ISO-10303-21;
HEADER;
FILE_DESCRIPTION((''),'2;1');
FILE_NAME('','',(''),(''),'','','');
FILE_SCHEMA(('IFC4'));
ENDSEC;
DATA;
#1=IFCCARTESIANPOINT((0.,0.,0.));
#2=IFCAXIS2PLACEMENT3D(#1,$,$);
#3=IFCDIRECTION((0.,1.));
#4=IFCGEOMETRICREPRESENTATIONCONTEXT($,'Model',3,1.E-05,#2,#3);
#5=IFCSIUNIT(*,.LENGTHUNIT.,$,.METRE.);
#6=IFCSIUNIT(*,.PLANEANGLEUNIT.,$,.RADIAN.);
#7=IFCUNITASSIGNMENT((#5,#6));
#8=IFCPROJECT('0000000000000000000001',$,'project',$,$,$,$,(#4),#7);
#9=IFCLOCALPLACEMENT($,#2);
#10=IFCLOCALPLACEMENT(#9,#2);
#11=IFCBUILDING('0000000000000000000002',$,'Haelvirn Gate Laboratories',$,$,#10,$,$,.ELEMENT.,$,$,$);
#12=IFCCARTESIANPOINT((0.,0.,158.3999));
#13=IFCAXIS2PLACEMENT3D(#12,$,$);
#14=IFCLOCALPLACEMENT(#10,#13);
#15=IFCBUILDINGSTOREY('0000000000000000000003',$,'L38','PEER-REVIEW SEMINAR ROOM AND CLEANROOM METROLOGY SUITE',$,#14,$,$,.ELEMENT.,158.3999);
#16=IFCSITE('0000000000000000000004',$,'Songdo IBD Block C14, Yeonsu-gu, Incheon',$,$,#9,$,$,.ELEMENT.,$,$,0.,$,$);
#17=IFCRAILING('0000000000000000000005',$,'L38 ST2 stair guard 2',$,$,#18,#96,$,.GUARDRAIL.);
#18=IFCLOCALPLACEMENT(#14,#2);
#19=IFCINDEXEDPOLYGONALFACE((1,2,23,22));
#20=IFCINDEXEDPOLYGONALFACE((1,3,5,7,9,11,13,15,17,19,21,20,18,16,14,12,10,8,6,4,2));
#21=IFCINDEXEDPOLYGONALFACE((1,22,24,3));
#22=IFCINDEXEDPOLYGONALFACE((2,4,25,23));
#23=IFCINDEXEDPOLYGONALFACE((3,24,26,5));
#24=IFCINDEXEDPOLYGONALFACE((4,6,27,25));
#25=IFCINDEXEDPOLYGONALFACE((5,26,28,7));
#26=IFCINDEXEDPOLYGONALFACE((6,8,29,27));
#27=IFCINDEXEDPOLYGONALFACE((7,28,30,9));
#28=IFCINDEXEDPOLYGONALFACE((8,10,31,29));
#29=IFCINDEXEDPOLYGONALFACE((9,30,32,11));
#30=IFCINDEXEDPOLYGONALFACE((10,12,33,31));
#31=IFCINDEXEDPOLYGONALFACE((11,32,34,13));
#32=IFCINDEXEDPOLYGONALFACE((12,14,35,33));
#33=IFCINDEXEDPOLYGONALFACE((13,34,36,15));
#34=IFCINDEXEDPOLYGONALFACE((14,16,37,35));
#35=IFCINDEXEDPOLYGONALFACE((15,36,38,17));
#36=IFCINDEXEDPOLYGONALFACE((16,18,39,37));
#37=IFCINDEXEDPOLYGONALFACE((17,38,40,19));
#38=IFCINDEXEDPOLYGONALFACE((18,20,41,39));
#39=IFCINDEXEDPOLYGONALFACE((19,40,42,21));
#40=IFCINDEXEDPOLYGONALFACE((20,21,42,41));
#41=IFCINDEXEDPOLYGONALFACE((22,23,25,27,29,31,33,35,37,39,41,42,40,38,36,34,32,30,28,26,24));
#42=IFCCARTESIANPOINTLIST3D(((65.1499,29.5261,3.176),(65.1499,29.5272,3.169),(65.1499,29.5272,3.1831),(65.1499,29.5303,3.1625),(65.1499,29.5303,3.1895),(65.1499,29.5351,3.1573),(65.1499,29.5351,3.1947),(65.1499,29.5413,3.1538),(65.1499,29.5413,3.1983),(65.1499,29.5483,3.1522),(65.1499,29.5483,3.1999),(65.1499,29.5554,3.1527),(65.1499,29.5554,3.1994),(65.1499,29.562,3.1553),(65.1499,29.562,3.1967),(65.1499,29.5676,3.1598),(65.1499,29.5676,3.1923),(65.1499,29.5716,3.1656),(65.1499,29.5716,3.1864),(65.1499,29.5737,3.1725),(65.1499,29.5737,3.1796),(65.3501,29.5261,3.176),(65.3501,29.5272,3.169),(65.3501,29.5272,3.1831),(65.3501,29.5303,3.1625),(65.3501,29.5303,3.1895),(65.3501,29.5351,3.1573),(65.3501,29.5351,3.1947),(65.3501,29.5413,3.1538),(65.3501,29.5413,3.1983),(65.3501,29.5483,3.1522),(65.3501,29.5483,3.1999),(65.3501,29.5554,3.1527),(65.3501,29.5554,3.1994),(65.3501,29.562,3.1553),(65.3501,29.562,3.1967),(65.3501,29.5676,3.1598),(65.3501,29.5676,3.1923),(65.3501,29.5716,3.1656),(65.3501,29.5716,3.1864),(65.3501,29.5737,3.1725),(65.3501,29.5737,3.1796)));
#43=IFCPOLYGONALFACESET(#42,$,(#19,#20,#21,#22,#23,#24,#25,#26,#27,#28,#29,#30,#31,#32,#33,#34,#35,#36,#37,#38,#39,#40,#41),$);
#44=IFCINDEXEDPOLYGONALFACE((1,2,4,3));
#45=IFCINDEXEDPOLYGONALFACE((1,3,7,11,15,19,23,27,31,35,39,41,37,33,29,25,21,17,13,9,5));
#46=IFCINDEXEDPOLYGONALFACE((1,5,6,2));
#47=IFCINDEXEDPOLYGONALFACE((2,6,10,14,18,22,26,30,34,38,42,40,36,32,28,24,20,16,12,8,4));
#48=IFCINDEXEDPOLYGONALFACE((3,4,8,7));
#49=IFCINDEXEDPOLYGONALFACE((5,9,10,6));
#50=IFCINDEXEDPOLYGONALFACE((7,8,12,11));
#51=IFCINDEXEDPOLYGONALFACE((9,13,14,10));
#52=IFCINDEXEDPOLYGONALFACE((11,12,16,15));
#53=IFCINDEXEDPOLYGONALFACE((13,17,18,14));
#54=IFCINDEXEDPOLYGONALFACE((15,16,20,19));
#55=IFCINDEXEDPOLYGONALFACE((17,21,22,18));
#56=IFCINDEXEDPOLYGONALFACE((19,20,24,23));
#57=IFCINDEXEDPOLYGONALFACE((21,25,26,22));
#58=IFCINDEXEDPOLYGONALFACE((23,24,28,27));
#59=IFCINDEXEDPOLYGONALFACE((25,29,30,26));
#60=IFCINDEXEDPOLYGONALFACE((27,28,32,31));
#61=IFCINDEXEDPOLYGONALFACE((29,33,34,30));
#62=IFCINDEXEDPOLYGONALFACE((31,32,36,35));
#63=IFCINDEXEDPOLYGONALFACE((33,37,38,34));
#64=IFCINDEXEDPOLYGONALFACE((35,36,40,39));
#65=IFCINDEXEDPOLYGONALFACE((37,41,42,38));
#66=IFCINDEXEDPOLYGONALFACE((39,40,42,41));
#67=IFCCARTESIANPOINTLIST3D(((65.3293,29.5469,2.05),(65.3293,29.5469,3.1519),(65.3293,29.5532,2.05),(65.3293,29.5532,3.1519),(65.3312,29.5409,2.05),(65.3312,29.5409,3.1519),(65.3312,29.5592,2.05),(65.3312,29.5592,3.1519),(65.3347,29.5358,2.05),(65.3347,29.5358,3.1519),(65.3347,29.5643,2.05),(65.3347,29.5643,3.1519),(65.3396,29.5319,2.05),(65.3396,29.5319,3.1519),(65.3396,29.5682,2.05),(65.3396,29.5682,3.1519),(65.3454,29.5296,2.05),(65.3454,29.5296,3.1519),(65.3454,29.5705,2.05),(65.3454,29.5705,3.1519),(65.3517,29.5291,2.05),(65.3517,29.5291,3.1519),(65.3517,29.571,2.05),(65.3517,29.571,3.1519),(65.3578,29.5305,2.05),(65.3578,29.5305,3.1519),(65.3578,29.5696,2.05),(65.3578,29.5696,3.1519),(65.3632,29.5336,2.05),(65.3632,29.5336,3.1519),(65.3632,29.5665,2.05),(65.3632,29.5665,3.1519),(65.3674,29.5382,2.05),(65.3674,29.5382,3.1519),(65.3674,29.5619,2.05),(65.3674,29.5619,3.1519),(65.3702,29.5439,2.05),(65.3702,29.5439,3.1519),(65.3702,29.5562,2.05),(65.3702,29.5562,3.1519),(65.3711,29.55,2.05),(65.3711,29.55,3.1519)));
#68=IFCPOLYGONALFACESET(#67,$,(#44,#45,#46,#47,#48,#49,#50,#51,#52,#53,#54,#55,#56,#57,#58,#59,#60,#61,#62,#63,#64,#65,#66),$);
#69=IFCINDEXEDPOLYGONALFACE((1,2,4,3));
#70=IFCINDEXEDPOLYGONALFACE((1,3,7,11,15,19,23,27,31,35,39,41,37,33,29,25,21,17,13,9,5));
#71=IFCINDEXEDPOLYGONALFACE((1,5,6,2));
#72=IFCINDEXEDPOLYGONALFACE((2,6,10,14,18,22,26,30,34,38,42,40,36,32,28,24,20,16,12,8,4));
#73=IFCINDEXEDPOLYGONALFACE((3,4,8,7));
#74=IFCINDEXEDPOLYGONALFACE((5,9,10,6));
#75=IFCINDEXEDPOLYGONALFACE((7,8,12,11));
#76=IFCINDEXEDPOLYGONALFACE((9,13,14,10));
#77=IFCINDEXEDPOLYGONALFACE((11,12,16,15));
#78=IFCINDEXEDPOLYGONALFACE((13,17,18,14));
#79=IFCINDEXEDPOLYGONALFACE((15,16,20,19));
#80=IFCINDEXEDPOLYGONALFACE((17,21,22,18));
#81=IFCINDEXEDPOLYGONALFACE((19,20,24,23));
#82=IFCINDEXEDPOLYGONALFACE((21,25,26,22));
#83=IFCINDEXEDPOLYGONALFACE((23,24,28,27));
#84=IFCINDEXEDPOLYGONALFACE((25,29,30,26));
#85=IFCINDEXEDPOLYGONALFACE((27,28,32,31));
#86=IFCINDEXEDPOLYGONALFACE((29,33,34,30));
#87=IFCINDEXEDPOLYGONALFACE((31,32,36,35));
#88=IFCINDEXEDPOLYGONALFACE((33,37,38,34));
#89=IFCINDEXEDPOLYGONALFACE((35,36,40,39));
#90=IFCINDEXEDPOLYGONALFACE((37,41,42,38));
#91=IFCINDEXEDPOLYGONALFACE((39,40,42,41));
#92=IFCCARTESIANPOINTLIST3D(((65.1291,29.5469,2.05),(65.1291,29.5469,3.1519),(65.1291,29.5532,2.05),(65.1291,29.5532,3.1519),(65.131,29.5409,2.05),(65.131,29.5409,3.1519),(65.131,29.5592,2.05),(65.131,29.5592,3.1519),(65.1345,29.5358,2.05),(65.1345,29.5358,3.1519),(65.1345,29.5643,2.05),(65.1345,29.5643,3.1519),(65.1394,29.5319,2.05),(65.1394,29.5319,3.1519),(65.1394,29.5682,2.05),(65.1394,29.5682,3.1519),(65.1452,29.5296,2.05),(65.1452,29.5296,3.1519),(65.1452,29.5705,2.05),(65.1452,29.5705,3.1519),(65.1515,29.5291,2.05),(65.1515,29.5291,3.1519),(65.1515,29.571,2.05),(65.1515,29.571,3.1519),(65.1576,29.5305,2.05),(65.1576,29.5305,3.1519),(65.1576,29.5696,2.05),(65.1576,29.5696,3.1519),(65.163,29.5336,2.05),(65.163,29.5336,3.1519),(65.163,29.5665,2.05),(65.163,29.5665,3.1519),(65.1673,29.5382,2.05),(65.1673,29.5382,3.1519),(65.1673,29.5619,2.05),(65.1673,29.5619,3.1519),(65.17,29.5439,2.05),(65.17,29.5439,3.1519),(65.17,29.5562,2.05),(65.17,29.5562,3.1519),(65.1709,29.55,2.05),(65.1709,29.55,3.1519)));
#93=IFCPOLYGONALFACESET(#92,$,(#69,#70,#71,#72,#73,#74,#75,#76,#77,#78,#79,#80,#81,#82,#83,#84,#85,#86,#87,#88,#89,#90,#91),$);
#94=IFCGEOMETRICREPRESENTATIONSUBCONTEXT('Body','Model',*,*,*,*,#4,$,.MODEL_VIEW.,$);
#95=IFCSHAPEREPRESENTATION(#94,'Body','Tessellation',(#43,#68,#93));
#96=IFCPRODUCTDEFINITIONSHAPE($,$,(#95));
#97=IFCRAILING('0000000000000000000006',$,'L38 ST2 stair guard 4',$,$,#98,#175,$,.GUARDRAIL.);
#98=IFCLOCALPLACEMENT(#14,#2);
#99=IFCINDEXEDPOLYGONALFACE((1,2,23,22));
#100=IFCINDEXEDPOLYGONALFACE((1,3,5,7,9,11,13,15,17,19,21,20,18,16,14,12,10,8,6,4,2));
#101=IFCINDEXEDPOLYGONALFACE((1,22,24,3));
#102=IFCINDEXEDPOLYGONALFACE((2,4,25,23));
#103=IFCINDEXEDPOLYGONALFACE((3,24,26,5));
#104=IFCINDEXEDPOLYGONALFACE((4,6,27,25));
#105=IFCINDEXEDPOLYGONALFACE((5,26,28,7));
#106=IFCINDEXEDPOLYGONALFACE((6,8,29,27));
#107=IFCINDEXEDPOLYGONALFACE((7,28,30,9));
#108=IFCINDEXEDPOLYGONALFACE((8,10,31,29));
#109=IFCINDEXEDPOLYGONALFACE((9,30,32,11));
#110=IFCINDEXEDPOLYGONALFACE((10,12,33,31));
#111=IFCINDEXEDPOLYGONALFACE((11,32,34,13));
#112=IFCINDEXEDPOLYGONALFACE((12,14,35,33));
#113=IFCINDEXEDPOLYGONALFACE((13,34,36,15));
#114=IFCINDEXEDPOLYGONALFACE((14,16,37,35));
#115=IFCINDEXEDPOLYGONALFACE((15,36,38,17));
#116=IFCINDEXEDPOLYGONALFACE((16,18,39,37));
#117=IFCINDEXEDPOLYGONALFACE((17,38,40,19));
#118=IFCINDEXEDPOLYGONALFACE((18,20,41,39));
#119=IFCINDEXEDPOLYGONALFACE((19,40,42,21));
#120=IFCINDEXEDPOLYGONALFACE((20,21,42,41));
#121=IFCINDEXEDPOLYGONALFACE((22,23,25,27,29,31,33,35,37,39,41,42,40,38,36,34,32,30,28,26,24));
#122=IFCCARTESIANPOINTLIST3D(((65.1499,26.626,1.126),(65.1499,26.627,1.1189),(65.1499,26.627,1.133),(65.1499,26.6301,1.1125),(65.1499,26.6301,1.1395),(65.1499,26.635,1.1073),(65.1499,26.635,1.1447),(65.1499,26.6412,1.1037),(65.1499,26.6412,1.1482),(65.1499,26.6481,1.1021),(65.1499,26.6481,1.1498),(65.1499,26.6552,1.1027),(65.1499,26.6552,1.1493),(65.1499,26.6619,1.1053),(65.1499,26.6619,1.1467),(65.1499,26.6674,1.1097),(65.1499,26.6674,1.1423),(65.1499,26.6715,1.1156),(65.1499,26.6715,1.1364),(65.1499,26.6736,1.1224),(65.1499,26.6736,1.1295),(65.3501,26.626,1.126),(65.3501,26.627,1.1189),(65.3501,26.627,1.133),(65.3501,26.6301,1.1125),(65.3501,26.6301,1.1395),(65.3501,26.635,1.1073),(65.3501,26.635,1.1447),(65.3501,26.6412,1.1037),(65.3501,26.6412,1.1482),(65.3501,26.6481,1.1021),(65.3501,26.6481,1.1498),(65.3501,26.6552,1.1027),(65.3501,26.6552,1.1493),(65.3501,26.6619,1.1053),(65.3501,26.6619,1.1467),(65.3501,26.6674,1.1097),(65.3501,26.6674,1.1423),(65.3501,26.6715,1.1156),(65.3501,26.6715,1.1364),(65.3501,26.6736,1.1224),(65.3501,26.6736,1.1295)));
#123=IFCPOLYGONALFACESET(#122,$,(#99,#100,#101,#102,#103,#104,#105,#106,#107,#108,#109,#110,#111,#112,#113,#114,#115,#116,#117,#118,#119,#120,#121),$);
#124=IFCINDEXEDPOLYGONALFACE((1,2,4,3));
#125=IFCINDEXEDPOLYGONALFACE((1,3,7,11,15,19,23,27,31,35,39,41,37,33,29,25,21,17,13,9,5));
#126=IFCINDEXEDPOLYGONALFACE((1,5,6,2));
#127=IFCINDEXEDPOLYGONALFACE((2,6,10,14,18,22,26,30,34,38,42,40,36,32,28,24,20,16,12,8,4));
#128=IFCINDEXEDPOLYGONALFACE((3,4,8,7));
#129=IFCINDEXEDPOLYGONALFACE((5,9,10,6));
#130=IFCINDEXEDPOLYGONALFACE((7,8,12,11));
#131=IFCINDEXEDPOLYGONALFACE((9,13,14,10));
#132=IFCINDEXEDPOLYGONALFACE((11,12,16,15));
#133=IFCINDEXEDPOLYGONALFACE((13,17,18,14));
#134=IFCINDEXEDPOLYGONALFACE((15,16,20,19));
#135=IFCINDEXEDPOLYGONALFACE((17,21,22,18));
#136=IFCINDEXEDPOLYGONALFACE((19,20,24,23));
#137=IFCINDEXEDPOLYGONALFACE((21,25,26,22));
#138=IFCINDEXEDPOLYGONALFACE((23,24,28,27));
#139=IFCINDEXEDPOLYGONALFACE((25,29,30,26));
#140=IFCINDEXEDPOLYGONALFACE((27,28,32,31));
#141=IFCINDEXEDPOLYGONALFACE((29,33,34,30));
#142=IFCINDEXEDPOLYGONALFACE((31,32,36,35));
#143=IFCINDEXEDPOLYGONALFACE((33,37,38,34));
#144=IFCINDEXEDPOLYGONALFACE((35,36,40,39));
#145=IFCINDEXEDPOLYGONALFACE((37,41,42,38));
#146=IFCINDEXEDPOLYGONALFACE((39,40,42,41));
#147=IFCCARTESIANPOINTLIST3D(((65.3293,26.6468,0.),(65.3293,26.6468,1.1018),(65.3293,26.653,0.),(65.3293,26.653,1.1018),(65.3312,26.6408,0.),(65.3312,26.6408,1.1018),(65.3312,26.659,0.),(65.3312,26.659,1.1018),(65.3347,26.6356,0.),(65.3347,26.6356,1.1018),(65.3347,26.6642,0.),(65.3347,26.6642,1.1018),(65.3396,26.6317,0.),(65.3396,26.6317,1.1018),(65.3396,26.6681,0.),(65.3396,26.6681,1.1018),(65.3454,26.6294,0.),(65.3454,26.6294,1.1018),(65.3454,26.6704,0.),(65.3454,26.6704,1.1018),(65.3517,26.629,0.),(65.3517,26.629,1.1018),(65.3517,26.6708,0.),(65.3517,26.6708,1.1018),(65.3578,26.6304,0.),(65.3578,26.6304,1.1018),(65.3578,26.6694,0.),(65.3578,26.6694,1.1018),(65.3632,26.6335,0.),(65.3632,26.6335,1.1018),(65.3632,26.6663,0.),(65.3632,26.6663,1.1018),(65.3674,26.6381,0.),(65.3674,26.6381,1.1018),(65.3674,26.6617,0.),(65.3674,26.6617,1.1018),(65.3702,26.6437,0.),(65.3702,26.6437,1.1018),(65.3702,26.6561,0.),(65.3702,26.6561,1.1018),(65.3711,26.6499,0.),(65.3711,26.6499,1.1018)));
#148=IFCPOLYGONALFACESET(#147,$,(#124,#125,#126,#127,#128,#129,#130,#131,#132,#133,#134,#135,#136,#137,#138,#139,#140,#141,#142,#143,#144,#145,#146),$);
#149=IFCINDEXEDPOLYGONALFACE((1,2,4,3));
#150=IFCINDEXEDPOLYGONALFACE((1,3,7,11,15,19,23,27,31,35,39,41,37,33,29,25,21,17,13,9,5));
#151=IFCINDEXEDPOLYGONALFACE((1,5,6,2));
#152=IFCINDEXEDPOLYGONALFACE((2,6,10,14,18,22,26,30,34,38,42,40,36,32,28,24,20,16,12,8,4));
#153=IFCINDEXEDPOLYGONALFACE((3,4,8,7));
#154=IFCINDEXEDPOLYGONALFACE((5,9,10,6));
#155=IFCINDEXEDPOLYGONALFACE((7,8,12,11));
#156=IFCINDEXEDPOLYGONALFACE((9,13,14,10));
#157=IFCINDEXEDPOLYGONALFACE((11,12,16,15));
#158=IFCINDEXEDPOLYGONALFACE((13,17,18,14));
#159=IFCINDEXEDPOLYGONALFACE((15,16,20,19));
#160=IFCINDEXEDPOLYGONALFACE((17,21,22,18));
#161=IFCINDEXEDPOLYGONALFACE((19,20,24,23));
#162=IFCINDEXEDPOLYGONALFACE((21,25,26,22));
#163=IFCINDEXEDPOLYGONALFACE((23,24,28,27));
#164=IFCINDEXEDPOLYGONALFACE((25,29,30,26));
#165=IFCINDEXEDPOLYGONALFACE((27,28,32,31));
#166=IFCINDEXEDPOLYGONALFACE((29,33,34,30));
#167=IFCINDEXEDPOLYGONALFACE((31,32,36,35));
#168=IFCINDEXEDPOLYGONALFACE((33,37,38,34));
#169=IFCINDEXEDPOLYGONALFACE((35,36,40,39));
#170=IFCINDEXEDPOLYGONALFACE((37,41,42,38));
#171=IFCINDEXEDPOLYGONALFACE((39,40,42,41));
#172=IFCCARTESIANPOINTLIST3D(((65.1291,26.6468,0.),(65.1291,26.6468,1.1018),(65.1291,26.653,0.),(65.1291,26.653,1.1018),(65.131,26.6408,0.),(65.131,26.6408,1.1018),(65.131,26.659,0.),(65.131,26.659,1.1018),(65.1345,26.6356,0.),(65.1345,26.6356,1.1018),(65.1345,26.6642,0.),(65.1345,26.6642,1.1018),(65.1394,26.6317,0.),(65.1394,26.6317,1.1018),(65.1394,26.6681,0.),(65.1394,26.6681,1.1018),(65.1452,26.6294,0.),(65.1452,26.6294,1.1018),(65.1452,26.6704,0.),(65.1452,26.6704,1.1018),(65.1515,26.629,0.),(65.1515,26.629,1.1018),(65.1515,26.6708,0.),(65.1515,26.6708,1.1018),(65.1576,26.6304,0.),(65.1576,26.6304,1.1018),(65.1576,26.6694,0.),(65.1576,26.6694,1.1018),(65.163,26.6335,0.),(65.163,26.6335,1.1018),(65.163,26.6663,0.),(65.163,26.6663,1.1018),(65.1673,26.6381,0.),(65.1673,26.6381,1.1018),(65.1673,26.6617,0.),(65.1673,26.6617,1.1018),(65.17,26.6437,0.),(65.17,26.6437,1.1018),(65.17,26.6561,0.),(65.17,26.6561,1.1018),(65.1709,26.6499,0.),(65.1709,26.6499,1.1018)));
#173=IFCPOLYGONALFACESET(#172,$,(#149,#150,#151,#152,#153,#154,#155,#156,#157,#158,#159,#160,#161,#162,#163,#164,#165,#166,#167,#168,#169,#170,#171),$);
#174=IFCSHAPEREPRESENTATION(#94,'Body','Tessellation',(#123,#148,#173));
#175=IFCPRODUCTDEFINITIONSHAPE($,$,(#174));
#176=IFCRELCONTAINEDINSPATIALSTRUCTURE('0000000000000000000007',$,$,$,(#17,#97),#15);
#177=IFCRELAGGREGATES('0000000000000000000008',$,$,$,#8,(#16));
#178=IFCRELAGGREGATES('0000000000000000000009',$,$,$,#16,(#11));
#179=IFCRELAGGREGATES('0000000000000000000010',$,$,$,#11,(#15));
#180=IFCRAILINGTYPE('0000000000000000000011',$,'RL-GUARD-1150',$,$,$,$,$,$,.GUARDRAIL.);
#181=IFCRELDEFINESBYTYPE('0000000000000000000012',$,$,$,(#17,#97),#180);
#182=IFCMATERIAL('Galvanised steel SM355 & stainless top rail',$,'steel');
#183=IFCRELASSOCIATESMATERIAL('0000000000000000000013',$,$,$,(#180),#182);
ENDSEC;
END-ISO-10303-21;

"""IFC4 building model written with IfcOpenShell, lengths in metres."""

from ifc_helpers import new_model, si_unit, direction, frame, origin, origin_2d, place, context, subcontext, project, spatial, circle, extrude, source, transform, mapped, material, type_object, element, save


model = new_model("IFC4")

# Units and contexts
model_context = context("Model", 3, precision=1e-05, world=origin(), true_north=direction((0.0, 1.0)))
body_context = subcontext(model_context, "Body", "Model", "MODEL_VIEW")
ifc_project = project(units=[si_unit("LENGTHUNIT", "METRE"), si_unit("PLANEANGLEUNIT", "RADIAN")], contexts=[model_context])

# Site, building, storey
site_placement = place(None, origin())
site = spatial("IfcSite", under=ifc_project, at=site_placement, Name="Songdo IBD Block C14, Yeonsu-gu, Incheon", CompositionType="ELEMENT", RefElevation=0.0)
building_placement = place(site_placement, origin())
building = spatial("IfcBuilding", under=site, at=building_placement, Name="Haelvirn Gate Laboratories", CompositionType="ELEMENT")
storey_placement = place(building_placement, frame((0.0, 0.0, 158.3999)))
storey = spatial("IfcBuildingStorey", under=building, at=storey_placement, Name="L38", Description="PEER-REVIEW SEMINAR ROOM AND CLEANROOM METROLOGY SUITE", CompositionType="ELEMENT", Elevation=158.3999)

# Railings
ifc_material_1 = material(Name="Galvanised steel SM355 & stainless top rail", Category="steel")
railing_type_1 = type_object("IfcRailingType", Name="RL-GUARD-1150", PredefinedType="GUARDRAIL", material=ifc_material_1)
shared_shape_1 = source(origin(), body_context, "Body", "SweptSolid", [
    extrude(circle(Radius=0.0239, at=origin_2d()), frame((0.0, 0.0, 1.126), z_axis=(-1.0, 0.0, 0.0), x_axis=(0.0, -1.0, 0.0)), (0.0, 0.0, 1.0), 0.2002),
    extrude(circle(Radius=0.021, at=origin_2d()), origin(), (0.0, 0.0, 1.0), 1.1018),
    extrude(circle(Radius=0.021, at=origin_2d()), frame((-0.2002, 0.0, 0.0)), (0.0, 0.0, 1.0), 1.1018),
])
for number, where, name in (
    (1, (65.3501, 29.55, 2.05), "L38 ST2 stair guard 2"),
    (2, (65.3501, 26.6499, 0.0), "L38 ST2 stair guard 4"),
):
    element("IfcRailing", number, at=place(storey_placement, frame(where)), inside=storey, type_object=railing_type_1, Name=name, PredefinedType="GUARDRAIL", context=body_context, shape_type="MappedRepresentation", body=[
        mapped(shared_shape_1, transform((0.0, 0.0, 0.0), scale=1.0)),
    ])

save(model, "model.ifc")
